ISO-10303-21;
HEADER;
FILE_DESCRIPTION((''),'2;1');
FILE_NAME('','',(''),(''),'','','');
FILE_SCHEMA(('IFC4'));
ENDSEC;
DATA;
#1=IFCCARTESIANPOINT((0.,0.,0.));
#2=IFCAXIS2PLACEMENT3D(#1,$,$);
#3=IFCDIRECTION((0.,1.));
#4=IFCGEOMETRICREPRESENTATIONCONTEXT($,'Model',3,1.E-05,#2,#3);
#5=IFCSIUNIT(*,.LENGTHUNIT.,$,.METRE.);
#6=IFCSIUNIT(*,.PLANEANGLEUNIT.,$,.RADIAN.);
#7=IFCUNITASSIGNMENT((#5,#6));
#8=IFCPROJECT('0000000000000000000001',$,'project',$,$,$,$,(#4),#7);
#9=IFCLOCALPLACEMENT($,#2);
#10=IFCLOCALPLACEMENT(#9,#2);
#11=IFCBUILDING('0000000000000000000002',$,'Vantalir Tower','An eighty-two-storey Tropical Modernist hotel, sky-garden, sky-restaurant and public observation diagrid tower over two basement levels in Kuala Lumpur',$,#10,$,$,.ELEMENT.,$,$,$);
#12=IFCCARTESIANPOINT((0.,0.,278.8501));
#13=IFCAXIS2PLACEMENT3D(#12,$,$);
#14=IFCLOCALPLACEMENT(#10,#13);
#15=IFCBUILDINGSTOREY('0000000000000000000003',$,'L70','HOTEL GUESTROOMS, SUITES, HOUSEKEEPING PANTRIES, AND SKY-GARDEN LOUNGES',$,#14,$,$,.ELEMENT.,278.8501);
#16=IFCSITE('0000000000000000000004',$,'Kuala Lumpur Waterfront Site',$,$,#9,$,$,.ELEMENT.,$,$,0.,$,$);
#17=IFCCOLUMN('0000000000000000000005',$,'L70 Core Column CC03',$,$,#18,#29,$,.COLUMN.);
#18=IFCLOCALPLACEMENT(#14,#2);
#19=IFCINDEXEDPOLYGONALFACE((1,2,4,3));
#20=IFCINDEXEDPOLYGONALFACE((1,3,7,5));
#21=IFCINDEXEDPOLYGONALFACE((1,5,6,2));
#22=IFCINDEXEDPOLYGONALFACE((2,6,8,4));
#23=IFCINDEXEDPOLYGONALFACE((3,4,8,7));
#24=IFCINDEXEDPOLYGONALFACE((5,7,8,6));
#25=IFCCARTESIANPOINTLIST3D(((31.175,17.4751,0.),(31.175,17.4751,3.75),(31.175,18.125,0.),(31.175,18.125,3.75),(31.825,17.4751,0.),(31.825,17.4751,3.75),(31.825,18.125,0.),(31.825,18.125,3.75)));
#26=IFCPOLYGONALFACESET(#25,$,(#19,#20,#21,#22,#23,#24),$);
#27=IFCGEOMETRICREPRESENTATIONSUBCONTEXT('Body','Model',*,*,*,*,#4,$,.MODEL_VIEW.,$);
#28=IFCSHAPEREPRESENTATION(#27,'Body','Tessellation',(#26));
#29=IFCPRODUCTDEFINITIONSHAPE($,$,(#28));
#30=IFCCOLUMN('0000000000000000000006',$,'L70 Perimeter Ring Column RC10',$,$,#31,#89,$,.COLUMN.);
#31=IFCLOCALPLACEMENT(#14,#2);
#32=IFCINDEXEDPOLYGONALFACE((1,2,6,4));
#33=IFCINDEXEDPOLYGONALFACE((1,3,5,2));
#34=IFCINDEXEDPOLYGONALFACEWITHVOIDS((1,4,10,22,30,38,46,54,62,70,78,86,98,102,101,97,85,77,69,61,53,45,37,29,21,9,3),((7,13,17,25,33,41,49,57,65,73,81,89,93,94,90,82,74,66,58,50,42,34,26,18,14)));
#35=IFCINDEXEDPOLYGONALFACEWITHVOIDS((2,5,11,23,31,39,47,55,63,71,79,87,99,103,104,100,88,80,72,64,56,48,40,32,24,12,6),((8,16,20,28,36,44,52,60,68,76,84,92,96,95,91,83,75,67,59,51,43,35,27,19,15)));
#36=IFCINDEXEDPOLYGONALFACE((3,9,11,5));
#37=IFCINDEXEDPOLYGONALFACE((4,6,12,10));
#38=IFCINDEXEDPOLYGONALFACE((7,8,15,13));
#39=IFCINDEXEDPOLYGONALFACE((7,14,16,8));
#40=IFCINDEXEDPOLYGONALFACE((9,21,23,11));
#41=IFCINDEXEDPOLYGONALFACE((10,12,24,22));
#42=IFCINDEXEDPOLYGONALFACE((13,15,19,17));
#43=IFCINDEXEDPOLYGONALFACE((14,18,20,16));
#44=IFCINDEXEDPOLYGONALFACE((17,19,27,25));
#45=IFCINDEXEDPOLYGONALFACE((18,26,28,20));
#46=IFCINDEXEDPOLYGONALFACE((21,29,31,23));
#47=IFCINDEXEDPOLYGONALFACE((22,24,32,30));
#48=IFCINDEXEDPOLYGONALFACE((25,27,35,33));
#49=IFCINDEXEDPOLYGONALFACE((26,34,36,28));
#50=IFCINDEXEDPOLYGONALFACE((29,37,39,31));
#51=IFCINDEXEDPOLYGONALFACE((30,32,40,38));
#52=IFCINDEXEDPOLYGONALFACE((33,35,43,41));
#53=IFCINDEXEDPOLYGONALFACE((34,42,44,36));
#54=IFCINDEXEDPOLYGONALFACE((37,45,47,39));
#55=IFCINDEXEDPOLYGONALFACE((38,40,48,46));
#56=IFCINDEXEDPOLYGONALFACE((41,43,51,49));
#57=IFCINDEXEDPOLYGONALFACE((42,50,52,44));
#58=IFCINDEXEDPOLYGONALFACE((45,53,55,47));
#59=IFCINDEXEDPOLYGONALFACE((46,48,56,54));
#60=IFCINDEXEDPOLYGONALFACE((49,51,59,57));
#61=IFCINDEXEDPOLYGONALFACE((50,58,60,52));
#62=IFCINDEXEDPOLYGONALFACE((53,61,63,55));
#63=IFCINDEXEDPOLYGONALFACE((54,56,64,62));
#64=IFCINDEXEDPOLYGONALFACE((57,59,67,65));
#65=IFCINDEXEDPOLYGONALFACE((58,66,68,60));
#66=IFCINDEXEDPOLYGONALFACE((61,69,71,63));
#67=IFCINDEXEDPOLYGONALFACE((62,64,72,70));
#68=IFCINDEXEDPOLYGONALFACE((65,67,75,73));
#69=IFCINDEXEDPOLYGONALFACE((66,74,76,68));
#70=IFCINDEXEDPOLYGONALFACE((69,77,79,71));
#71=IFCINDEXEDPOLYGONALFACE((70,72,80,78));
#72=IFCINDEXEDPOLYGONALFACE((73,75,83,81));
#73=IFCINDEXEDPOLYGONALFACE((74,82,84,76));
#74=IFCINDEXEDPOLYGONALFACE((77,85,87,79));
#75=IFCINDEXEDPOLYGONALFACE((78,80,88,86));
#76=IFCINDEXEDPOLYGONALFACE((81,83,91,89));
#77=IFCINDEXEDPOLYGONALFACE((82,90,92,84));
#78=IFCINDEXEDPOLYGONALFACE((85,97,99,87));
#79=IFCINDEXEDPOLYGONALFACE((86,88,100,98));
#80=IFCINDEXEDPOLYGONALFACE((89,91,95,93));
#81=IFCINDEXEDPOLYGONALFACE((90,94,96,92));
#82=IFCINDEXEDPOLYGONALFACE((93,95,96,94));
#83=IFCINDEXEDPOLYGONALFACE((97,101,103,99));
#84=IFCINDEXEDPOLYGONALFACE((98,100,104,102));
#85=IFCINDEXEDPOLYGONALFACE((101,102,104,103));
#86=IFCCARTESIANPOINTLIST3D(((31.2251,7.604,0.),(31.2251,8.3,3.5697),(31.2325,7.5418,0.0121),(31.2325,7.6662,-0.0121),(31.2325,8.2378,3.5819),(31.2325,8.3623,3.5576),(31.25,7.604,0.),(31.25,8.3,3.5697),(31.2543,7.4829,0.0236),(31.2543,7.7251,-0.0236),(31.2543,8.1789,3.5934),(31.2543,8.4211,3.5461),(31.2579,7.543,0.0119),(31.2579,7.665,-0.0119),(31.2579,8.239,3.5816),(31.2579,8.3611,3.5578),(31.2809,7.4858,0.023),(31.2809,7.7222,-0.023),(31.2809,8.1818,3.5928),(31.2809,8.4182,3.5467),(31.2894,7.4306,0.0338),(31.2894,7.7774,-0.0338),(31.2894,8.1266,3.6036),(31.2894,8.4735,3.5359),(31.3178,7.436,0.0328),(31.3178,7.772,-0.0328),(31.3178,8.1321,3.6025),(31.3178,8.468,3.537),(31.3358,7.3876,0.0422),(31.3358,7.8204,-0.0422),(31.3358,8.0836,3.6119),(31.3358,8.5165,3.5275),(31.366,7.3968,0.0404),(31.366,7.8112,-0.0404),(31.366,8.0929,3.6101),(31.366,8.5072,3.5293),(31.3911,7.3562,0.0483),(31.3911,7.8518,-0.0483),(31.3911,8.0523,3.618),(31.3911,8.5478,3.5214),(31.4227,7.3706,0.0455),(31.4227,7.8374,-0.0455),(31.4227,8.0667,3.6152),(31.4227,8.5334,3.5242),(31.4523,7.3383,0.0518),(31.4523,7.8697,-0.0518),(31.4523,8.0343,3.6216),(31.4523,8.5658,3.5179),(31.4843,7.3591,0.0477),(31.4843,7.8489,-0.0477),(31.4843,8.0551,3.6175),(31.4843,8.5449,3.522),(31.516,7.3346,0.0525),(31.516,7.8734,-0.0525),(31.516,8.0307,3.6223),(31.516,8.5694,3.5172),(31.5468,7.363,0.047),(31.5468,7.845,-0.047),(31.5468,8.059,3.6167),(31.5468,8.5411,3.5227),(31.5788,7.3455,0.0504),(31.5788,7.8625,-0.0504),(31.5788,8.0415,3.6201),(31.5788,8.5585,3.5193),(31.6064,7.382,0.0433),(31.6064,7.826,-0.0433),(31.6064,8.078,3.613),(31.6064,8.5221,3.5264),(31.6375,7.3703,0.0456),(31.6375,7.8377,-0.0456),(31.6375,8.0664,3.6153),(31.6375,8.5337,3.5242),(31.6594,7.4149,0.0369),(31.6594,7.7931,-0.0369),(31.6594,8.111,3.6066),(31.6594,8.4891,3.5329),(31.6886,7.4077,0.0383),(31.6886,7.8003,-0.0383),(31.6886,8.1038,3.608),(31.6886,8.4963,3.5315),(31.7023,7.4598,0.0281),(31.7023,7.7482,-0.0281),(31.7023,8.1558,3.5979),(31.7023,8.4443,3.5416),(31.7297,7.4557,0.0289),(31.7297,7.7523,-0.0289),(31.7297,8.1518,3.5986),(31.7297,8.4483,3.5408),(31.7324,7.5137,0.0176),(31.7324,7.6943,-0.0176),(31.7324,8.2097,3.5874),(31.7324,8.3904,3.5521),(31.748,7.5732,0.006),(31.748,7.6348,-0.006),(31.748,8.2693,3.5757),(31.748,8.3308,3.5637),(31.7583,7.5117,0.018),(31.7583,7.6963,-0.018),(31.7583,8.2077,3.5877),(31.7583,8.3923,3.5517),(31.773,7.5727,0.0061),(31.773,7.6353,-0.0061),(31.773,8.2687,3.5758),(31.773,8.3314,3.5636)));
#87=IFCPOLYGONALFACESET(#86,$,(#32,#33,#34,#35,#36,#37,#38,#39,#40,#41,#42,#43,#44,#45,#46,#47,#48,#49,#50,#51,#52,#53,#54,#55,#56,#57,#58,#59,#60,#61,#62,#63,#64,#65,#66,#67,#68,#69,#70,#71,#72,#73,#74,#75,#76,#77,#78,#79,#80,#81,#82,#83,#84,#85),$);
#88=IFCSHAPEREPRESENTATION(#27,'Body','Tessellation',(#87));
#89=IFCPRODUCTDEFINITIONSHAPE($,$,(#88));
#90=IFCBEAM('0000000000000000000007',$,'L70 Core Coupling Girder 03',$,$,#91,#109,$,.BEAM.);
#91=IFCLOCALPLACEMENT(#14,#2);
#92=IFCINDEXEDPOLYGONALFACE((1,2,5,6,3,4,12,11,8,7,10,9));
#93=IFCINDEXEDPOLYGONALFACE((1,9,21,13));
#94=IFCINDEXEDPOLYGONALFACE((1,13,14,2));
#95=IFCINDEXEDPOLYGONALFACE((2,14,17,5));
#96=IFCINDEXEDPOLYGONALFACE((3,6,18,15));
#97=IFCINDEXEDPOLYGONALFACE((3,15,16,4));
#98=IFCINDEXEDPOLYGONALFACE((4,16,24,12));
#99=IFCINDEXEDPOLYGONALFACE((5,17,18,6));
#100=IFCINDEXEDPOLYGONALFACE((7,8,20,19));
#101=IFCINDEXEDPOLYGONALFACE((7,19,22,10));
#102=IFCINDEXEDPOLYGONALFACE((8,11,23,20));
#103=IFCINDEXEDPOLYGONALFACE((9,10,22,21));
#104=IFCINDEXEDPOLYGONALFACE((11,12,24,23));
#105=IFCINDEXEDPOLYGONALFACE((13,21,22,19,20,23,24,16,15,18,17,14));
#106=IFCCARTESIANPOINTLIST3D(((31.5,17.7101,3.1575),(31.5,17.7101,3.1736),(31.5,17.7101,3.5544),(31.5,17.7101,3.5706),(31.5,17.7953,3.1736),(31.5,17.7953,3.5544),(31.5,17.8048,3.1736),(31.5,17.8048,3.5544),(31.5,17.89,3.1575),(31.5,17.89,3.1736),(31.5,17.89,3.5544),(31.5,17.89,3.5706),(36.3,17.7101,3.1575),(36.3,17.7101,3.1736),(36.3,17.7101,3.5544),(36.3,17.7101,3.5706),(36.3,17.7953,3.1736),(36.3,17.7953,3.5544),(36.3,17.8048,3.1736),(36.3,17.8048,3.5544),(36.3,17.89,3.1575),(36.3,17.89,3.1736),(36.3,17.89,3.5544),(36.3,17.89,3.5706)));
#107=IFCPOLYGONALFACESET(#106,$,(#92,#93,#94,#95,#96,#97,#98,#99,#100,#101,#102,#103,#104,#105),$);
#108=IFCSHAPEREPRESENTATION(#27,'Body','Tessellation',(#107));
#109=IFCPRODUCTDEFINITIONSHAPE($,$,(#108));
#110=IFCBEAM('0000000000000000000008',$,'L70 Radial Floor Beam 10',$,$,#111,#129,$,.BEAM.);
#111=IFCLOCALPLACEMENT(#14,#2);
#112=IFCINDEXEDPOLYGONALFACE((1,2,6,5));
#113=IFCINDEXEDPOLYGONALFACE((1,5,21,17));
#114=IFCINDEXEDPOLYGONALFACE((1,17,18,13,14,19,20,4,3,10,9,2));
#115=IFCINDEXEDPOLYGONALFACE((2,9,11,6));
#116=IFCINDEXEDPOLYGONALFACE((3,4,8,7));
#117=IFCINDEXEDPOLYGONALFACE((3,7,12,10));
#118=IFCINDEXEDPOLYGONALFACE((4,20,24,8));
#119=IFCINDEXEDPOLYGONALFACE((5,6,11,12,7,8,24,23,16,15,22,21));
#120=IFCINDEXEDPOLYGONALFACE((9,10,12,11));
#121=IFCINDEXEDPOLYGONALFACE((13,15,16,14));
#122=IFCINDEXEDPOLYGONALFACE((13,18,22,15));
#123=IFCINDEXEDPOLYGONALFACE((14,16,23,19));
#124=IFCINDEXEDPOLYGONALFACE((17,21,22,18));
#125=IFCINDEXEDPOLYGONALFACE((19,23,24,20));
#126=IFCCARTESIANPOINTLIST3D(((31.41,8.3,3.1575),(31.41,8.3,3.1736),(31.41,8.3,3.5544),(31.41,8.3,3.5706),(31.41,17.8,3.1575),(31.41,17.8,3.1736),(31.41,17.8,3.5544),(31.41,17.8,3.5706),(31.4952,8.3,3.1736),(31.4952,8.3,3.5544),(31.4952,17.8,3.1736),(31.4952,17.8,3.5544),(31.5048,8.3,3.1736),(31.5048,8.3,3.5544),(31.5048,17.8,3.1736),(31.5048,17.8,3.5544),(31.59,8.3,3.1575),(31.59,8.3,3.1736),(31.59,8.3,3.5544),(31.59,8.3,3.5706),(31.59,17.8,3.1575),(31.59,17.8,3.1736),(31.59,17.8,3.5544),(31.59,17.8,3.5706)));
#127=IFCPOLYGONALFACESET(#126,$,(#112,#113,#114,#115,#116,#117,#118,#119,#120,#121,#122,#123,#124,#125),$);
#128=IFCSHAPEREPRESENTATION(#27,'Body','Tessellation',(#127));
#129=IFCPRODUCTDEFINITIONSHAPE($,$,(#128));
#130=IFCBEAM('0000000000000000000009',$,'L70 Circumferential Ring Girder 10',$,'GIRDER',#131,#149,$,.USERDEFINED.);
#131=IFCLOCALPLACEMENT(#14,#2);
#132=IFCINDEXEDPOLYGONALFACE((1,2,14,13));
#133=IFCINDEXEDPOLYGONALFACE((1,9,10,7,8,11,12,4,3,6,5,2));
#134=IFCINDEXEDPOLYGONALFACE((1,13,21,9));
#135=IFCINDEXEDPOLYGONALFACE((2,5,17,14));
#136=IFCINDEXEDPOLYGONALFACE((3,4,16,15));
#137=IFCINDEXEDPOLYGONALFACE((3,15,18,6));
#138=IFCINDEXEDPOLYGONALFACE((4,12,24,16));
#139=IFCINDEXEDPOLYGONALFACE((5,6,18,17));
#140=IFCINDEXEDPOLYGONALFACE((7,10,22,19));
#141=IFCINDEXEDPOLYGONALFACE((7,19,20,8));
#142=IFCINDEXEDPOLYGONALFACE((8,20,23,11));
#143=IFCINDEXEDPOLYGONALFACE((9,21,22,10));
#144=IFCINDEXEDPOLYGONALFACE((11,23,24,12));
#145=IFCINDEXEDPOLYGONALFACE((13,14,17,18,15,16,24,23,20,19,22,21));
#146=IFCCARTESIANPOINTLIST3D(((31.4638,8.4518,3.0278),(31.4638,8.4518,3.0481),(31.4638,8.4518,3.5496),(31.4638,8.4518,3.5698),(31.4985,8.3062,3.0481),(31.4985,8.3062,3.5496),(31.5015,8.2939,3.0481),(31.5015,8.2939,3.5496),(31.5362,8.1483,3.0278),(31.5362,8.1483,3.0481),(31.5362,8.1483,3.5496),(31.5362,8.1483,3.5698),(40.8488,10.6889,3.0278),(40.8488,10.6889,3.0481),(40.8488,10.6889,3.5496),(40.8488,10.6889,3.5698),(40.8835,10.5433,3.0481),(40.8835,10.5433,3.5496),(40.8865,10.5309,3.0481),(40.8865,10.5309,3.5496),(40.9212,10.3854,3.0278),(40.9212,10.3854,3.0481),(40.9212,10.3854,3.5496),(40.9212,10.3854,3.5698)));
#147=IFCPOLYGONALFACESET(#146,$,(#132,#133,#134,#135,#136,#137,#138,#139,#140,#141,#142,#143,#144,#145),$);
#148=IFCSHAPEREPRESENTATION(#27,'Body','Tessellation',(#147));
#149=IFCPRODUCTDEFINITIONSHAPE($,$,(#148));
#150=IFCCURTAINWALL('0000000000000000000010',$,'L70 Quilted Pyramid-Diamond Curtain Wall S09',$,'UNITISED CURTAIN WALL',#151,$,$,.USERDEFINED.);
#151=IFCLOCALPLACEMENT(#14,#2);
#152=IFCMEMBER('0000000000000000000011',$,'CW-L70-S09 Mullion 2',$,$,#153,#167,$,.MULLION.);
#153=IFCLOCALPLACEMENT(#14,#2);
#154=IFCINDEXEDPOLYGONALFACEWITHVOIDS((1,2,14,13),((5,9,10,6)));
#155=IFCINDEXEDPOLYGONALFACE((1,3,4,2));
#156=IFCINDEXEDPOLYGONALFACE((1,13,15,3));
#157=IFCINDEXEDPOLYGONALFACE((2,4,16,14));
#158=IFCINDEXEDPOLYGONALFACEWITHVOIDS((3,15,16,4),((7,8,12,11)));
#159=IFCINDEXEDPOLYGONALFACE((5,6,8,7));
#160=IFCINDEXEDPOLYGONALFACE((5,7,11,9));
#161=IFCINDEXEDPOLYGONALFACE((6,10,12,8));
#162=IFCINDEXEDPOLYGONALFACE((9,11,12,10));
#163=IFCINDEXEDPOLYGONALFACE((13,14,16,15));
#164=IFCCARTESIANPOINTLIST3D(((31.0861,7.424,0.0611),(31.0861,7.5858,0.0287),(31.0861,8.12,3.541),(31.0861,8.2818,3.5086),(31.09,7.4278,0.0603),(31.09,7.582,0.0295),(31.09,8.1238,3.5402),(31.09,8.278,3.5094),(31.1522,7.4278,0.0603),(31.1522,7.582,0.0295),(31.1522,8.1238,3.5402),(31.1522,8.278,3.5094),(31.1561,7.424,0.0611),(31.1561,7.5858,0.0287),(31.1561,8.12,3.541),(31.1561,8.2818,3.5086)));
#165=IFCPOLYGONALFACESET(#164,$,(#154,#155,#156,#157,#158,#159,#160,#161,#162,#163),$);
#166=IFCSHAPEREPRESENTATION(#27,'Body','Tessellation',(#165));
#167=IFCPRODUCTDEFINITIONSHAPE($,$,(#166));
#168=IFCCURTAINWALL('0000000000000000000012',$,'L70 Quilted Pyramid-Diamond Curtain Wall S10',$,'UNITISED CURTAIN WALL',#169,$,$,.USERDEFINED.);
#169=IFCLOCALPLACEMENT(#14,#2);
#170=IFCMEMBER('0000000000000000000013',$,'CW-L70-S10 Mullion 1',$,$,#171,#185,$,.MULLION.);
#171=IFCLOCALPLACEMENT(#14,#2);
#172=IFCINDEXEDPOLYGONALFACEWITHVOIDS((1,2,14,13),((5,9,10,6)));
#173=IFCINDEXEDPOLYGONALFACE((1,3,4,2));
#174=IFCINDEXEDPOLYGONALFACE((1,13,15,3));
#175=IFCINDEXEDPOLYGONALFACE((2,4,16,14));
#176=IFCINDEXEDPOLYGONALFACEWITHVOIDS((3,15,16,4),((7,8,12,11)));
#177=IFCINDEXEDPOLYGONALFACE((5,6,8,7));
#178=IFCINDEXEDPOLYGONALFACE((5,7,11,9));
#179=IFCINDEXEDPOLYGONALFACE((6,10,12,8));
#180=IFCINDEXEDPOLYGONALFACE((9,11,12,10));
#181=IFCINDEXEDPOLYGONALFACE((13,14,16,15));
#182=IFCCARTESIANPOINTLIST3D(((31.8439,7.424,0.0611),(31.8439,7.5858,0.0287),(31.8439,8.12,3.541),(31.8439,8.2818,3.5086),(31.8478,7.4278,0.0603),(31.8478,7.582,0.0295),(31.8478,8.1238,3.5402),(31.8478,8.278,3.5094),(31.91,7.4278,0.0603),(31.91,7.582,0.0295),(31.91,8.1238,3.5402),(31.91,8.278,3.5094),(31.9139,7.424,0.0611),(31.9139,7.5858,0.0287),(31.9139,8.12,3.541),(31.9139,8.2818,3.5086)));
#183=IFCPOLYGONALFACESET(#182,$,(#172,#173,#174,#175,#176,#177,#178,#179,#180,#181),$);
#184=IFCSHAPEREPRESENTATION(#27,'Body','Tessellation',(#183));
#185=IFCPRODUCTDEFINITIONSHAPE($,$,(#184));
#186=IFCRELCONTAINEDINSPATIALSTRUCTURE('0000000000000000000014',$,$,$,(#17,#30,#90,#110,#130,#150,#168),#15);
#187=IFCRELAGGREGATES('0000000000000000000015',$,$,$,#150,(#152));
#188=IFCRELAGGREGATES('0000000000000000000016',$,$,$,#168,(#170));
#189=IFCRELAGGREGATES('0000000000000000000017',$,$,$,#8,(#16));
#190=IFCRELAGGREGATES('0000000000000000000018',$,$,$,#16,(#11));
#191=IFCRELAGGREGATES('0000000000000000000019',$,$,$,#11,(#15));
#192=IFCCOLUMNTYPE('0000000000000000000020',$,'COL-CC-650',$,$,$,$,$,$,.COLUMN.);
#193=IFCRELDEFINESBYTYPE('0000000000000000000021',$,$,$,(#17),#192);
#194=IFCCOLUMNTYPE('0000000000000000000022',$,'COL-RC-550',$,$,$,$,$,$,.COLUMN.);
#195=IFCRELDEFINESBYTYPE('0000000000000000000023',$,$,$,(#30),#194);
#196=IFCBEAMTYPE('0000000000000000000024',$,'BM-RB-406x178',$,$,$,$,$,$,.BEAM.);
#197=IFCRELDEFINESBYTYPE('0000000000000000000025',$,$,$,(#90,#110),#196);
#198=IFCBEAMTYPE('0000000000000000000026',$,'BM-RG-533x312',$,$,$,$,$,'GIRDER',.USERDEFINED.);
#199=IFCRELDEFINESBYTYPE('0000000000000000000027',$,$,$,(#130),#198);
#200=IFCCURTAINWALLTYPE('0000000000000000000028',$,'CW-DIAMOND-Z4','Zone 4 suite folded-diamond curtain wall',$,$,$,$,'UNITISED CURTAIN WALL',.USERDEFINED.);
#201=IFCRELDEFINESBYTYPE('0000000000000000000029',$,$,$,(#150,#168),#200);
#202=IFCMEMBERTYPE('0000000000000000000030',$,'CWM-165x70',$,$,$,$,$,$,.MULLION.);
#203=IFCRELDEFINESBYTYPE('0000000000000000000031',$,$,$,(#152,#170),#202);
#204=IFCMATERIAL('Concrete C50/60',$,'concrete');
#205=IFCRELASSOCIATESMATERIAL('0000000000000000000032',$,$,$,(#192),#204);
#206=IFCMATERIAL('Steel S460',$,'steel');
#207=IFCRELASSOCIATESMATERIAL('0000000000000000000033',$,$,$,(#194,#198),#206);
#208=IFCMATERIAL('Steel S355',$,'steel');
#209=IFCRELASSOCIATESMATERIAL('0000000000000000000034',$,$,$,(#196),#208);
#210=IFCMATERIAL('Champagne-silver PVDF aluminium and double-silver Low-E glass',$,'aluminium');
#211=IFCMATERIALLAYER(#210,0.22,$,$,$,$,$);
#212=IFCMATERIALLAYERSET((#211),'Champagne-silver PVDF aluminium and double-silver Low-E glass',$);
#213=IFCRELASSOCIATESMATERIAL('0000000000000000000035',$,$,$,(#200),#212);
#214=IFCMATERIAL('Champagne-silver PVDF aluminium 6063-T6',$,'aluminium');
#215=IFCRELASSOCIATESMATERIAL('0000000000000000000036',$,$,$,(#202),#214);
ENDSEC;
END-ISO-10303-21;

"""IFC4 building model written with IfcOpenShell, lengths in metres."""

from ifc_helpers import new_model, si_unit, direction, frame, origin, origin_2d, place, context, subcontext, project, spatial, rectangle, hollow_rectangle, hollow_circle, i_section, extrude, material, layer, layer_set, material_profile, profile_set, type_object, element, aggregate, save


model = new_model("IFC4")

# Units and contexts
model_context = context("Model", 3, precision=1e-05, world=origin(), true_north=direction((0.0, 1.0)))
body_context = subcontext(model_context, "Body", "Model", "MODEL_VIEW")
ifc_project = project(units=[si_unit("LENGTHUNIT", "METRE"), si_unit("PLANEANGLEUNIT", "RADIAN")], contexts=[model_context])

# Site, building, storey
site_placement = place(None, origin())
site = spatial("IfcSite", under=ifc_project, at=site_placement, Name="Kuala Lumpur Waterfront Site", CompositionType="ELEMENT", RefElevation=0.0)
building_placement = place(site_placement, origin())
building = spatial("IfcBuilding", under=site, at=building_placement, Name="Vantalir Tower", Description="An eighty-two-storey Tropical Modernist hotel, sky-garden, sky-restaurant and public observation diagrid tower over two basement levels in Kuala Lumpur", CompositionType="ELEMENT")
storey_placement = place(building_placement, frame((0.0, 0.0, 278.8501)))
storey = spatial("IfcBuildingStorey", under=building, at=storey_placement, Name="L70", Description="HOTEL GUESTROOMS, SUITES, HOUSEKEEPING PANTRIES, AND SKY-GARDEN LOUNGES", CompositionType="ELEMENT", Elevation=278.8501)

# Columns
ifc_material_1 = material(Name="Concrete C50/60", Category="concrete")
ifc_material_profile_1 = material_profile(ifc_material_1, rectangle(XDim=0.6499, YDim=0.6499, at=origin_2d()), Name="Concrete C50/60")
ifc_profile_set_1 = profile_set([ifc_material_profile_1], Name="Concrete C50/60")
column_type_1 = type_object("IfcColumnType", Name="COL-CC-650", PredefinedType="COLUMN", material=ifc_profile_set_1)
column_1_placement = place(storey_placement, frame((31.5, 17.8, 0.0), z_axis=(0.0, 0.0, 1.0), x_axis=(1.0, 0.0, 0.0)))
element("IfcColumn", 1, at=column_1_placement, inside=storey, type_object=column_type_1, Name="L70 Core Column CC03", PredefinedType="COLUMN", context=body_context, shape_type="SweptSolid", body=[
    extrude(rectangle(XDim=0.6499, YDim=0.6499, at=origin_2d()), origin(), (0.0, 0.0, 1.0), 3.75),
])
ifc_material_2 = material(Name="Steel S460", Category="steel")
ifc_material_profile_2 = material_profile(ifc_material_2, hollow_circle(Radius=0.2749, WallThickness=0.0249, at=origin_2d()), Name="Steel S460")
ifc_profile_set_2 = profile_set([ifc_material_profile_2], Name="Steel S460")
column_type_2 = type_object("IfcColumnType", Name="COL-RC-550", PredefinedType="COLUMN", material=ifc_profile_set_2)
column_2_placement = place(storey_placement, frame((31.5, 7.604, 0.0), z_axis=(0.0, 0.191376, 0.981517), x_axis=(-1.0, 0.0, 0.0)))
element("IfcColumn", 2, at=column_2_placement, inside=storey, type_object=column_type_2, Name="L70 Perimeter Ring Column RC10", PredefinedType="COLUMN", context=body_context, shape_type="SweptSolid", body=[
    extrude(hollow_circle(Radius=0.2749, WallThickness=0.0249, at=origin_2d()), origin(), (0.0, 0.0, 1.0), 3.637),
])

# Beams
ifc_material_3 = material(Name="Steel S355", Category="steel")
ifc_material_profile_3 = material_profile(ifc_material_3, i_section(OverallWidth=0.1799, OverallDepth=0.4131, WebThickness=0.0095, FlangeThickness=0.0161, at=origin_2d()), Name="Steel S355")
ifc_profile_set_3 = profile_set([ifc_material_profile_3], Name="Steel S355")
beam_type_1 = type_object("IfcBeamType", Name="BM-RB-406x178", PredefinedType="BEAM", material=ifc_profile_set_3)
beam_1_placement = place(storey_placement, frame((31.5, 17.8, 3.364), z_axis=(1.0, 0.0, 0.0), x_axis=(0.0, 1.0, 0.0)))
element("IfcBeam", 3, at=beam_1_placement, inside=storey, type_object=beam_type_1, Name="L70 Core Coupling Girder 03", PredefinedType="BEAM", context=body_context, shape_type="SweptSolid", body=[
    extrude(i_section(OverallWidth=0.1799, OverallDepth=0.4131, WebThickness=0.0095, FlangeThickness=0.0161, at=origin_2d()), origin(), (0.0, 0.0, 1.0), 4.8),
])
beam_2_placement = place(storey_placement, frame((31.5, 8.3, 3.364), z_axis=(0.0, 1.0, 0.0), x_axis=(-1.0, 0.0, 0.0)))
element("IfcBeam", 4, at=beam_2_placement, inside=storey, type_object=beam_type_1, Name="L70 Radial Floor Beam 10", PredefinedType="BEAM", context=body_context, shape_type="SweptSolid", body=[
    extrude(i_section(OverallWidth=0.1799, OverallDepth=0.4131, WebThickness=0.0095, FlangeThickness=0.0161, at=origin_2d()), origin(), (0.0, 0.0, 1.0), 9.5),
])
ifc_material_profile_4 = material_profile(ifc_material_2, i_section(OverallWidth=0.312, OverallDepth=0.542, WebThickness=0.0127, FlangeThickness=0.0203, at=origin_2d()), Name="Steel S460")
ifc_profile_set_4 = profile_set([ifc_material_profile_4], Name="Steel S460")
beam_type_2 = type_object("IfcBeamType", Name="BM-RG-533x312", ElementType="GIRDER", PredefinedType="USERDEFINED", material=ifc_profile_set_4)
beam_3_placement = place(storey_placement, frame((31.5, 8.3, 3.2988), z_axis=(0.972747, 0.231869, 0.0), x_axis=(-0.231869, 0.972747, 0.0)))
element("IfcBeam", 5, at=beam_3_placement, inside=storey, type_object=beam_type_2, Name="L70 Circumferential Ring Girder 10", ObjectType="GIRDER", PredefinedType="USERDEFINED", context=body_context, shape_type="SweptSolid", body=[
    extrude(i_section(OverallWidth=0.312, OverallDepth=0.542, WebThickness=0.0127, FlangeThickness=0.0203, at=origin_2d()), origin(), (0.0, 0.0, 1.0), 9.6479),
])

# Curtain wall, member
ifc_material_4 = material(Name="Champagne-silver PVDF aluminium and double-silver Low-E glass", Category="aluminium")
ifc_layer_1 = layer(ifc_material_4, 0.22)
ifc_layer_set_1 = layer_set([ifc_layer_1], Name="Champagne-silver PVDF aluminium and double-silver Low-E glass")
curtain_wall_type = type_object("IfcCurtainWallType", Name="CW-DIAMOND-Z4", Description="Zone 4 suite folded-diamond curtain wall", ElementType="UNITISED CURTAIN WALL", PredefinedType="USERDEFINED", material=ifc_layer_set_1)
curtain_wall_1_placement = place(storey_placement, origin())
curtain_wall_1 = element("IfcCurtainWall", 6, at=curtain_wall_1_placement, inside=storey, type_object=curtain_wall_type, Name="L70 Quilted Pyramid-Diamond Curtain Wall S09", ObjectType="UNITISED CURTAIN WALL", PredefinedType="USERDEFINED")
ifc_material_5 = material(Name="Champagne-silver PVDF aluminium 6063-T6", Category="aluminium")
ifc_material_profile_5 = material_profile(ifc_material_5, hollow_rectangle(XDim=0.0701, YDim=0.165, WallThickness=0.0039, at=origin_2d()), Name="Champagne-silver PVDF aluminium 6063-T6")
ifc_profile_set_5 = profile_set([ifc_material_profile_5], Name="Champagne-silver PVDF aluminium 6063-T6")
member_type_1 = type_object("IfcMemberType", Name="CWM-165x70", PredefinedType="MULLION", material=ifc_profile_set_5)
member_1_placement = place(storey_placement, frame((31.1211, 7.5049, 0.0449), z_axis=(0.0, 0.196129, 0.980578), x_axis=(-1.0, 0.0, 0.0)))
member_1 = element("IfcMember", 7, at=member_1_placement, type_object=member_type_1, Name="CW-L70-S09 Mullion 2", PredefinedType="MULLION", context=body_context, shape_type="SweptSolid", body=[
    extrude(hollow_rectangle(XDim=0.0701, YDim=0.165, WallThickness=0.0039, at=origin_2d()), origin(), (0.0, 0.0, 1.0), 3.5488),
])

# Curtain wall, member
curtain_wall_2_placement = place(storey_placement, origin())
curtain_wall_2 = element("IfcCurtainWall", 8, at=curtain_wall_2_placement, inside=storey, type_object=curtain_wall_type, Name="L70 Quilted Pyramid-Diamond Curtain Wall S10", ObjectType="UNITISED CURTAIN WALL", PredefinedType="USERDEFINED")
member_2_placement = place(storey_placement, frame((31.8789, 7.5049, 0.0449), z_axis=(0.0, 0.196129, 0.980578), x_axis=(-1.0, 0.0, 0.0)))
member_2 = element("IfcMember", 9, at=member_2_placement, type_object=member_type_1, Name="CW-L70-S10 Mullion 1", PredefinedType="MULLION", context=body_context, shape_type="SweptSolid", body=[
    extrude(hollow_rectangle(XDim=0.0701, YDim=0.165, WallThickness=0.0039, at=origin_2d()), origin(), (0.0, 0.0, 1.0), 3.5488),
])

aggregate(curtain_wall_1, [member_1])
aggregate(curtain_wall_2, [member_2])

save(model, "model.ifc")
